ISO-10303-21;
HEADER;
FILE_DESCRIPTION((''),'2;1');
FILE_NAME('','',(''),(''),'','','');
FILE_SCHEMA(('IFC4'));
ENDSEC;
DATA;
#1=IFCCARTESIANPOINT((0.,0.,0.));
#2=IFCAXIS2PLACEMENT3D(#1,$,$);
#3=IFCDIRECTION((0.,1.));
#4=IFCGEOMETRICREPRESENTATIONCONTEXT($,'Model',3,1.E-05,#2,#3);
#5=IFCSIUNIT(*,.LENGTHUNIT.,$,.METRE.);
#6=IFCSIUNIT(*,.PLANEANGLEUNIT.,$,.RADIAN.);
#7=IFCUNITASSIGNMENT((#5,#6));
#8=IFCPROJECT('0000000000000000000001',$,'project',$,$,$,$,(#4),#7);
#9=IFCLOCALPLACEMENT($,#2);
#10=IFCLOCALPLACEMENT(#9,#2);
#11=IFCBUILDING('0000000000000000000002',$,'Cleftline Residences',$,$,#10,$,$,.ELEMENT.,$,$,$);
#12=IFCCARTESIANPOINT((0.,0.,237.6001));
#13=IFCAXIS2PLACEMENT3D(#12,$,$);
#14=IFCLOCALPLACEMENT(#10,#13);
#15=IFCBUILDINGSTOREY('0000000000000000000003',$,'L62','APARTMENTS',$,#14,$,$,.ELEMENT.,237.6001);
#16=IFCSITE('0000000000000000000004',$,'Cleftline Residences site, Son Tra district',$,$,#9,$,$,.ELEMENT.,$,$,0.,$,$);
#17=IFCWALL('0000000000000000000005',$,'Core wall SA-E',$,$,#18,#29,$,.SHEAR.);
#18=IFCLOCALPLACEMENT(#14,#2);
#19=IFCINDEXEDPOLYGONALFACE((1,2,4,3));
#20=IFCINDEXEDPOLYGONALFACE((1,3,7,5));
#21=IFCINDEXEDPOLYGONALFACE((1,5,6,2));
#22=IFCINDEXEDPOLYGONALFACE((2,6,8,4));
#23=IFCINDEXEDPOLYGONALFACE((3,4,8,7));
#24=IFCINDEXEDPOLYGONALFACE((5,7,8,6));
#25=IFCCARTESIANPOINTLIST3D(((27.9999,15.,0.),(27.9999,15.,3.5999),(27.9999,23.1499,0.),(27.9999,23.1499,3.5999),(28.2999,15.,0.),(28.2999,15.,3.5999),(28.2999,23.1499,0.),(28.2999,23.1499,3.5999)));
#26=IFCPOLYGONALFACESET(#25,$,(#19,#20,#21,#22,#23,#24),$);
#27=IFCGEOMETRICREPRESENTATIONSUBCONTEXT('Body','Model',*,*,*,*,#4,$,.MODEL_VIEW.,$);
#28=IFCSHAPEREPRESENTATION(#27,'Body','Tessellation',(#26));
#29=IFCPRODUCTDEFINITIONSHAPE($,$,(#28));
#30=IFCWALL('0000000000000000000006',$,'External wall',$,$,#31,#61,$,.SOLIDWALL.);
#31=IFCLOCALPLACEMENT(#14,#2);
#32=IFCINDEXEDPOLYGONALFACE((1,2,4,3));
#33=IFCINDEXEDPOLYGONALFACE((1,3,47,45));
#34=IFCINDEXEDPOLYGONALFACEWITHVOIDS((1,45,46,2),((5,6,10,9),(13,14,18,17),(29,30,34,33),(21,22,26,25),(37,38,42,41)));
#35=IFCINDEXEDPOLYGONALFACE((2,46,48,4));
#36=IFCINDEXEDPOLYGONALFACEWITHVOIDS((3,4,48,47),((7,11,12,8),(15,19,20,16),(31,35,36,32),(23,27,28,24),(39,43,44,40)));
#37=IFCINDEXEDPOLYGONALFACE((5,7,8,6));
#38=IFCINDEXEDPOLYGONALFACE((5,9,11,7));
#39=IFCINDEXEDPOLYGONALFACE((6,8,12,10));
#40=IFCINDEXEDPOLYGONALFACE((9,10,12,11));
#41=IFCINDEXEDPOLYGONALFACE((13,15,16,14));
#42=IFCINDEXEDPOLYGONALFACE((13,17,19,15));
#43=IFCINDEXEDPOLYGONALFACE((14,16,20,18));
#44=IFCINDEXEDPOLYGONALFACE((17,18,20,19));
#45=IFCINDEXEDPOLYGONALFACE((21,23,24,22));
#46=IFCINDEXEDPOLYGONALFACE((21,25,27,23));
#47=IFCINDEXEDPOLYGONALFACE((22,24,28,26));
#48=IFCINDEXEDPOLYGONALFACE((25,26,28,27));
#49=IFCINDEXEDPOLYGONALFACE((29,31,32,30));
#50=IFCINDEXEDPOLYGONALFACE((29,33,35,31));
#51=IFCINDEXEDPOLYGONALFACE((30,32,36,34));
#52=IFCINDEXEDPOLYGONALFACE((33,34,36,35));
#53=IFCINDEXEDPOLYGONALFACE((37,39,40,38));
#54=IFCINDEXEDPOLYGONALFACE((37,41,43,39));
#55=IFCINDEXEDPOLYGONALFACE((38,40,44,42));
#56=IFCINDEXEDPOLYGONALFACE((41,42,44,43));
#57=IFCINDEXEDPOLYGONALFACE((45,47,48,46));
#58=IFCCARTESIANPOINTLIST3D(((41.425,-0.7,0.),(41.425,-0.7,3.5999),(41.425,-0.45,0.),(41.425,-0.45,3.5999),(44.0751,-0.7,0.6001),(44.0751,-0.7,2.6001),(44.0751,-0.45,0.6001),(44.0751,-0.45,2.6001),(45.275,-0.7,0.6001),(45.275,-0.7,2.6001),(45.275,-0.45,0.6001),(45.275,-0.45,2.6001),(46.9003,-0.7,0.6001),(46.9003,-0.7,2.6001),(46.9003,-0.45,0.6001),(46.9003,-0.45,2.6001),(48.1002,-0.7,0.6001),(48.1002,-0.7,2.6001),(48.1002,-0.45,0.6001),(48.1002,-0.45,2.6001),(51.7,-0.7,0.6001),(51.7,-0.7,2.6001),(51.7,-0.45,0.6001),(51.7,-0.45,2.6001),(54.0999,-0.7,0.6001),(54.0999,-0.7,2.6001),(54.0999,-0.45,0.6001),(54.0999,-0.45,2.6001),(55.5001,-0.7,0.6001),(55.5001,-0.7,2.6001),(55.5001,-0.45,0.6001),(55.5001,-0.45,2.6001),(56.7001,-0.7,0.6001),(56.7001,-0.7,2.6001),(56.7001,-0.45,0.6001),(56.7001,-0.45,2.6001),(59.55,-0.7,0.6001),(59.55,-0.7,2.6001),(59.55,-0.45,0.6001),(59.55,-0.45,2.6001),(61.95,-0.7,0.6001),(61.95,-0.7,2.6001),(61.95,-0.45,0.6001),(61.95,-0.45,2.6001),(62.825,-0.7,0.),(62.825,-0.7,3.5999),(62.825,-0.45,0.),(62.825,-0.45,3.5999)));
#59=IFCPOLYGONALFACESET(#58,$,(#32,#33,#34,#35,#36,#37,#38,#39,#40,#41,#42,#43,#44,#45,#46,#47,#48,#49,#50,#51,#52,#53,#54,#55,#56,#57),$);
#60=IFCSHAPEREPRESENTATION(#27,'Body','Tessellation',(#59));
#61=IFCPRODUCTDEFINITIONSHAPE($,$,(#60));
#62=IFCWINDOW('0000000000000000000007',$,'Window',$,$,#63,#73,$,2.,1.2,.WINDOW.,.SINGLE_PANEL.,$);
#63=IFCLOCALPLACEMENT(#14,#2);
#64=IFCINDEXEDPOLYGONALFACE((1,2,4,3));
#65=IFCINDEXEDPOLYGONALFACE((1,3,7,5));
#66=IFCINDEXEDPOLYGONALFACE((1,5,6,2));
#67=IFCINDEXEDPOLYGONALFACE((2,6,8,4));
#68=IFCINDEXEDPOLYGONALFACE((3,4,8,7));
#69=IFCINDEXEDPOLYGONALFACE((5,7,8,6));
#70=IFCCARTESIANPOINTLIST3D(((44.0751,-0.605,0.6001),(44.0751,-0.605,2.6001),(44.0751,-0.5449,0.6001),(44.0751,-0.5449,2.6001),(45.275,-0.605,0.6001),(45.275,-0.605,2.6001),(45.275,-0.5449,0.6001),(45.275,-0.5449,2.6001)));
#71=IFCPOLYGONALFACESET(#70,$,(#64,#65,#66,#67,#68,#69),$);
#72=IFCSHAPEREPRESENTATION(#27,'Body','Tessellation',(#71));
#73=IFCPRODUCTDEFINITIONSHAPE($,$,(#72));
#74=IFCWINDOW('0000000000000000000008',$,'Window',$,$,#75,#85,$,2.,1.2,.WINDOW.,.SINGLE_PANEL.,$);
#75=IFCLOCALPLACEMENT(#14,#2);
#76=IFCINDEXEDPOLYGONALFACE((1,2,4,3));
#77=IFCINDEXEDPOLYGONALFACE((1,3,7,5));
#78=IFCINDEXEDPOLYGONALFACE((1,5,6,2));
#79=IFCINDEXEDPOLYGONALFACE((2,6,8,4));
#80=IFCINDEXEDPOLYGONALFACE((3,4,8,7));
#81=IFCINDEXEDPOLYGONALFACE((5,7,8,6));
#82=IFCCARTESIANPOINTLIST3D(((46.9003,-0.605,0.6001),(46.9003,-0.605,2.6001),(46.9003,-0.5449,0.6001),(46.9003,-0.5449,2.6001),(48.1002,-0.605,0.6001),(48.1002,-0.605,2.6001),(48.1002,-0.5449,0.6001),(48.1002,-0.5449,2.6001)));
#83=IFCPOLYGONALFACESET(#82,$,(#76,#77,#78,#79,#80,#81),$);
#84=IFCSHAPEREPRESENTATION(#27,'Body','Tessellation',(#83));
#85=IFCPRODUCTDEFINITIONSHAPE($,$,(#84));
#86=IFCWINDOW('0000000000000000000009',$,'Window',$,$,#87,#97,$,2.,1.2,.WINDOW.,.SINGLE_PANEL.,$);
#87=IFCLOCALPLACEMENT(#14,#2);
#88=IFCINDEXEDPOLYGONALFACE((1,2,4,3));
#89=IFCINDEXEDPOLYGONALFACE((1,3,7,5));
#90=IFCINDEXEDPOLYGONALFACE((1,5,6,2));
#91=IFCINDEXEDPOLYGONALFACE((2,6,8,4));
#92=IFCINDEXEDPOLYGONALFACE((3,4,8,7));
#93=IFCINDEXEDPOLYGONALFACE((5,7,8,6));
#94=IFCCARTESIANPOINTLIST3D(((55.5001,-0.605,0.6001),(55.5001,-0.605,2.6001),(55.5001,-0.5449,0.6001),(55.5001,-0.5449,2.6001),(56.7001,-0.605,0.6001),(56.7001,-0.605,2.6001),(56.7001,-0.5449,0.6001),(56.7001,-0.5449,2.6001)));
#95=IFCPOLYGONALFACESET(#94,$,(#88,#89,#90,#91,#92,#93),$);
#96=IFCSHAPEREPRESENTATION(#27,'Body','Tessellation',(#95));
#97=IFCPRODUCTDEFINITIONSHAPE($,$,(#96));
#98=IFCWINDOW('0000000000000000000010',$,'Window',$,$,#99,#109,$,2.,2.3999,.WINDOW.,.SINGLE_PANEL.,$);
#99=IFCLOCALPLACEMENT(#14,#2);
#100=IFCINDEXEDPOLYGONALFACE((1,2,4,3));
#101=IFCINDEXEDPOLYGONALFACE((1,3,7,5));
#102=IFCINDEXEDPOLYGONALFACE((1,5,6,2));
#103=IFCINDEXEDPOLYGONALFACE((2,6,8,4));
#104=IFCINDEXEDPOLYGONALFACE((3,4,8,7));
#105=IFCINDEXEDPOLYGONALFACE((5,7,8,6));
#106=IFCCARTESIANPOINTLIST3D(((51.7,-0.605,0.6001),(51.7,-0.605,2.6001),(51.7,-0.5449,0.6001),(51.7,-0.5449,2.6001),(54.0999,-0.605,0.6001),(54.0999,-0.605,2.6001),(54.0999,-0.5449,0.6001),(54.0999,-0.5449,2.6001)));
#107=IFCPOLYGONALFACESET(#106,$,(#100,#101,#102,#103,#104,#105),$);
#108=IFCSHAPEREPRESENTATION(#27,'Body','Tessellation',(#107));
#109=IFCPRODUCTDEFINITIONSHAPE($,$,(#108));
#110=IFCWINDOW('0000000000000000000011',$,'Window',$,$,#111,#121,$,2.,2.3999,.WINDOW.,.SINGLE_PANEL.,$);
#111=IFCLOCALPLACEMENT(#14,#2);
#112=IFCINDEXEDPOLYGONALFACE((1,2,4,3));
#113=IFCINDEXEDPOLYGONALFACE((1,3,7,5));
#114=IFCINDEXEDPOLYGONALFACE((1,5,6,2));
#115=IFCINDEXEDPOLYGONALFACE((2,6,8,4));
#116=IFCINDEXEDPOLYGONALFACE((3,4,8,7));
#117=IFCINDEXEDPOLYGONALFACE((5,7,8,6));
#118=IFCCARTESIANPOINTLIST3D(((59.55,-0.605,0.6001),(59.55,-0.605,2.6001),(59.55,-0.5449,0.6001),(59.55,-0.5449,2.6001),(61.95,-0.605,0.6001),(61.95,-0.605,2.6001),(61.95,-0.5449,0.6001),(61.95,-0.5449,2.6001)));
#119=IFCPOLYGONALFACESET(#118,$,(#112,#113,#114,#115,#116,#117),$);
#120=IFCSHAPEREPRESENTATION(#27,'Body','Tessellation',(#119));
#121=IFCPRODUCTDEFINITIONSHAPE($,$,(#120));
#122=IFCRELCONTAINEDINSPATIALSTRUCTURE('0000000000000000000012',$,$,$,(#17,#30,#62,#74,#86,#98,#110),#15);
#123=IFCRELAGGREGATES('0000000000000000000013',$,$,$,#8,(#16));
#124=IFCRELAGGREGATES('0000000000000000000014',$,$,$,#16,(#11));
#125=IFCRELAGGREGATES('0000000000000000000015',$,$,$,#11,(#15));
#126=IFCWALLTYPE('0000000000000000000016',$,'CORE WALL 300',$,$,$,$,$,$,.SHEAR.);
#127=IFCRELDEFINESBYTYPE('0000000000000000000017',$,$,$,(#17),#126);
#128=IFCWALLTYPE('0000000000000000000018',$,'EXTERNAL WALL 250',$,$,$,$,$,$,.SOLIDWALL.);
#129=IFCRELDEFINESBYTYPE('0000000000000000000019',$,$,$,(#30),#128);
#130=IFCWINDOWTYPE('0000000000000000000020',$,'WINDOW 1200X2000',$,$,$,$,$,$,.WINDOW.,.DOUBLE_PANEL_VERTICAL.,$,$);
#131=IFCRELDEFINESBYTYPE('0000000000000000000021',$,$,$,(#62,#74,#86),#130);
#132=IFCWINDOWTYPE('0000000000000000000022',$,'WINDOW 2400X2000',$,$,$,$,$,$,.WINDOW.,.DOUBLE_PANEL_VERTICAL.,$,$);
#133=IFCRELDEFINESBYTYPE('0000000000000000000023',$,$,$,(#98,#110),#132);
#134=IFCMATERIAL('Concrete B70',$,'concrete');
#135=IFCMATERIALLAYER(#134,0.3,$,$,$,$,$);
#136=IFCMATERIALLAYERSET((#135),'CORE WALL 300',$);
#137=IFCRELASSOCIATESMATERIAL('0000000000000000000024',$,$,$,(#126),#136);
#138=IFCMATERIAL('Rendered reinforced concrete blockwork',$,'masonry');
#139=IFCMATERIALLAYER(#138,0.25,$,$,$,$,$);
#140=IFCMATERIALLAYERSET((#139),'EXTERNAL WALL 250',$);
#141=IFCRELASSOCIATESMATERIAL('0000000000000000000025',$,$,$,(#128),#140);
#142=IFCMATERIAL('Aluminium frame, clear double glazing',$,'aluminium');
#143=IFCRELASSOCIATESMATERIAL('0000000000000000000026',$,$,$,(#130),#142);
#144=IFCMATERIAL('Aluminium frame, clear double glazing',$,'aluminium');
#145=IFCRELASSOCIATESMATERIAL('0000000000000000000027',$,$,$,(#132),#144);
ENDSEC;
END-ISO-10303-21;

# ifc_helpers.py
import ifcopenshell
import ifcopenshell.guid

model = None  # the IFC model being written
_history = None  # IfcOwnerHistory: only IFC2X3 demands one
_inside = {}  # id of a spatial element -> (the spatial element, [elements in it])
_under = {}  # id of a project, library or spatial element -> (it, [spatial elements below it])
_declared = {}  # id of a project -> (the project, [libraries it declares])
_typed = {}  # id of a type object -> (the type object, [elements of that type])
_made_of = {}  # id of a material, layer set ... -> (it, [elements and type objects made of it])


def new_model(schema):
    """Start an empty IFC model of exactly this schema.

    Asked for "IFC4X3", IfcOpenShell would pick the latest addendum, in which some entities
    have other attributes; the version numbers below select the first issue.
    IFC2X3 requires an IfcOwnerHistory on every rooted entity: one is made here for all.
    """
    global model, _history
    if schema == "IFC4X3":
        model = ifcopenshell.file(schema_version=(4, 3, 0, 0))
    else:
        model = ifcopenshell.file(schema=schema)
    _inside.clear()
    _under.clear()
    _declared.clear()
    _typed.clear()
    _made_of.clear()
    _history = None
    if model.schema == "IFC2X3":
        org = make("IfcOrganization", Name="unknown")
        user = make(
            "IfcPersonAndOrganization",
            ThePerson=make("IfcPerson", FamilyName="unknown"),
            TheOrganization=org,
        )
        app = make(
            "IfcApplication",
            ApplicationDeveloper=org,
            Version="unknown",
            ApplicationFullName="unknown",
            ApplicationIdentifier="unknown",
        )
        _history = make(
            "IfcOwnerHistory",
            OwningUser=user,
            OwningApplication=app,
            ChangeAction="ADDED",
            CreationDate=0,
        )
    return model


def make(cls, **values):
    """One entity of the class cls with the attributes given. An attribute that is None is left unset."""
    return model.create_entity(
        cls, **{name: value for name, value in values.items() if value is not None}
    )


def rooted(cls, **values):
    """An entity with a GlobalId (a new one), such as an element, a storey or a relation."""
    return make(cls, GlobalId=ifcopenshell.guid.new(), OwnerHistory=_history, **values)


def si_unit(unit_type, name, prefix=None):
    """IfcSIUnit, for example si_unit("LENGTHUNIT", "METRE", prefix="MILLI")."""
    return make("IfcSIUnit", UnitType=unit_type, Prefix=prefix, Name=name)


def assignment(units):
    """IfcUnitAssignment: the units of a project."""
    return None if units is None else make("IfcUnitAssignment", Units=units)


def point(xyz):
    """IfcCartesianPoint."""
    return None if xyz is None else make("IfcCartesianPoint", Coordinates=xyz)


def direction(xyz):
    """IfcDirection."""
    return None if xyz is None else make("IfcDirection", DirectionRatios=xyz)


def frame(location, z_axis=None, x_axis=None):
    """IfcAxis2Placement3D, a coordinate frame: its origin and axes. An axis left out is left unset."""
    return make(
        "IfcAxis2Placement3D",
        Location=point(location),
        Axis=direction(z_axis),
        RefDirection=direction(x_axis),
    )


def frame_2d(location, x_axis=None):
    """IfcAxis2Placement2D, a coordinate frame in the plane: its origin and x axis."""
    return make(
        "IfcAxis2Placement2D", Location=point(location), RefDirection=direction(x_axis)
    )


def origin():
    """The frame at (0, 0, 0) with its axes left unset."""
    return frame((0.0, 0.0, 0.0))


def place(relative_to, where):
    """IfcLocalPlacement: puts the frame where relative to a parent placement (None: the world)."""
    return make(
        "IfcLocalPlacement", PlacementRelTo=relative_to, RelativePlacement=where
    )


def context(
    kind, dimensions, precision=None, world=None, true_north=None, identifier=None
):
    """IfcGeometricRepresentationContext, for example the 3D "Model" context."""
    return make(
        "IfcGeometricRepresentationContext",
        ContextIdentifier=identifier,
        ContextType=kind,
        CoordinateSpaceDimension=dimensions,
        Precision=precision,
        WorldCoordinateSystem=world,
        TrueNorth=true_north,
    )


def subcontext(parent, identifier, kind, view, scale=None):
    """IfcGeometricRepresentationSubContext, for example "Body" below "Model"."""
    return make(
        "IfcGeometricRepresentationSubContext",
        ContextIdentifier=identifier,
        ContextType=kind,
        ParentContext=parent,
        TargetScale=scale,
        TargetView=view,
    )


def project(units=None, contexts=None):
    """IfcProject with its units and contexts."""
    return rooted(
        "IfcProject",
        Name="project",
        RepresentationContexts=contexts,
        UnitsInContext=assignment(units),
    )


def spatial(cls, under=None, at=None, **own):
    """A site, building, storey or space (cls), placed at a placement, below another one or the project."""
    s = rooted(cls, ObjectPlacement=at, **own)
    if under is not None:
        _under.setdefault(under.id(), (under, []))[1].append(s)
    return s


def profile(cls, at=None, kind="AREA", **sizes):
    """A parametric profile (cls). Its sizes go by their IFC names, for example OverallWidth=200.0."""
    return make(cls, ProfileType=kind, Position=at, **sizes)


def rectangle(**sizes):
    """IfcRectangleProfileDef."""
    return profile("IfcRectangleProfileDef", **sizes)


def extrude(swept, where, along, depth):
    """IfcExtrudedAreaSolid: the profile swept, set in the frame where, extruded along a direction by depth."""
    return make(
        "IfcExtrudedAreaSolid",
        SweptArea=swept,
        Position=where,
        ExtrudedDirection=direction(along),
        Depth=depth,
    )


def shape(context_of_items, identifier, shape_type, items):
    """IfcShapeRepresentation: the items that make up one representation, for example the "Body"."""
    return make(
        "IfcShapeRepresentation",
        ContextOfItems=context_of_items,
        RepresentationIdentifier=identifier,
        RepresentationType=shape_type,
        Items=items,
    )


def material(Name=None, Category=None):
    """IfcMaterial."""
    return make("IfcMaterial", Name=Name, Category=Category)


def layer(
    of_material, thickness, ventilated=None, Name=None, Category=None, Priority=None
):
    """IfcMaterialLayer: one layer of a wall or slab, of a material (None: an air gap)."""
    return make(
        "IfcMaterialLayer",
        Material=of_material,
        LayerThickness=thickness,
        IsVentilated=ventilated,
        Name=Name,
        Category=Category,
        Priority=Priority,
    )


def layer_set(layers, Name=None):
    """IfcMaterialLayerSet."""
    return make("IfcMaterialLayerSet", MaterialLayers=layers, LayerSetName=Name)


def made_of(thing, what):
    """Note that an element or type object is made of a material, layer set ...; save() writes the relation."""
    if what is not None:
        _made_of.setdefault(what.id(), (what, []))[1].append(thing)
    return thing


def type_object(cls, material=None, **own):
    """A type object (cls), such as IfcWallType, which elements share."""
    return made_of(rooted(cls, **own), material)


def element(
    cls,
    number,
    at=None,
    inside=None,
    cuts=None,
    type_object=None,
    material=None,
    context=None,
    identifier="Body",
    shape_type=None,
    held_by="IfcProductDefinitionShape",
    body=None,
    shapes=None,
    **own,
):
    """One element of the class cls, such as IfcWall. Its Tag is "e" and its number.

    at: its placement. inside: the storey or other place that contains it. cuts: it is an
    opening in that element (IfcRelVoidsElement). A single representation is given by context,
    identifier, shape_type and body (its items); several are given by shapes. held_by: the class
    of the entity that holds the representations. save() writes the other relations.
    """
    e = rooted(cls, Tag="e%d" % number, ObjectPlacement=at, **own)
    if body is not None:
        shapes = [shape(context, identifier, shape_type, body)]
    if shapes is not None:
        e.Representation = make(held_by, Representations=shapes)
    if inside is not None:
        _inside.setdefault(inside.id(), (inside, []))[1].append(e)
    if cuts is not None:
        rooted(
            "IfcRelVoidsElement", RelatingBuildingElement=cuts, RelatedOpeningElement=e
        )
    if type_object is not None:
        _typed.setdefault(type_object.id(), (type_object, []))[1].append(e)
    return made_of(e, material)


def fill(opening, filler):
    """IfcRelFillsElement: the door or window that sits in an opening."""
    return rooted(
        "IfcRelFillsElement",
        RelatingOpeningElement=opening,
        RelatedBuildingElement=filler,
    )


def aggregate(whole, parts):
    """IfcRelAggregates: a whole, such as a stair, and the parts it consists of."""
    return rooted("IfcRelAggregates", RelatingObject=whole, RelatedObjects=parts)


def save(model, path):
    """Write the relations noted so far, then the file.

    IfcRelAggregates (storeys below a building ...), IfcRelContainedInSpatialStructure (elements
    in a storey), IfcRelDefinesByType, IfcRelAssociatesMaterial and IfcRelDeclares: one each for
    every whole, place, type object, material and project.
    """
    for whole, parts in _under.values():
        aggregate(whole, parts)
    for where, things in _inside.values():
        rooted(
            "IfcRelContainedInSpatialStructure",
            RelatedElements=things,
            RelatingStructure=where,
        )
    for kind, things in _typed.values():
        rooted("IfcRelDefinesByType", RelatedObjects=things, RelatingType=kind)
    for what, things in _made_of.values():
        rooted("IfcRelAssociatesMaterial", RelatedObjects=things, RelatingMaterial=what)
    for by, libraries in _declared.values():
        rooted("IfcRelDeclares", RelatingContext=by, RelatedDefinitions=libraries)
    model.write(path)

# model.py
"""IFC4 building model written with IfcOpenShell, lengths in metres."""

from ifc_helpers import new_model, si_unit, direction, frame, frame_2d, origin, place, context, subcontext, project, spatial, rectangle, extrude, material, layer, layer_set, type_object, element, fill, save


model = new_model("IFC4")

# Units and contexts
model_context = context("Model", 3, precision=1e-05, world=origin(), true_north=direction((0.0, 1.0)))
body_context = subcontext(model_context, "Body", "Model", "MODEL_VIEW")
ifc_project = project(units=[si_unit("LENGTHUNIT", "METRE"), si_unit("PLANEANGLEUNIT", "RADIAN")], contexts=[model_context])

# Site, building, storey
site_placement = place(None, origin())
site = spatial("IfcSite", under=ifc_project, at=site_placement, Name="Cleftline Residences site, Son Tra district", CompositionType="ELEMENT", RefElevation=0.0)
building_placement = place(site_placement, origin())
building = spatial("IfcBuilding", under=site, at=building_placement, Name="Cleftline Residences", CompositionType="ELEMENT")
storey_placement = place(building_placement, frame((0.0, 0.0, 237.6001)))
storey = spatial("IfcBuildingStorey", under=building, at=storey_placement, Name="L62", Description="APARTMENTS", CompositionType="ELEMENT", Elevation=237.6001)

# Wall
ifc_material_1 = material(Name="Concrete B70", Category="concrete")
ifc_layer_1 = layer(ifc_material_1, 0.3)
ifc_layer_set_1 = layer_set([ifc_layer_1], Name="CORE WALL 300")
wall_type_1 = type_object("IfcWallType", Name="CORE WALL 300", PredefinedType="SHEAR", material=ifc_layer_set_1)
wall_1_placement = place(storey_placement, frame((28.1499, 15.0, 0.0), z_axis=(0.0, 0.0, 1.0), x_axis=(0.0, 1.0, 0.0)))
element("IfcWall", 1, at=wall_1_placement, inside=storey, type_object=wall_type_1, Name="Core wall SA-E", PredefinedType="SHEAR", context=body_context, shape_type="SweptSolid", body=[
    extrude(rectangle(XDim=8.1499, YDim=0.3, at=frame_2d((4.075, 0.0))), origin(), (0.0, 0.0, 1.0), 3.5999),
])

# Wall, openings, windows
ifc_material_2 = material(Name="Rendered reinforced concrete blockwork", Category="masonry")
ifc_layer_2 = layer(ifc_material_2, 0.25)
ifc_layer_set_2 = layer_set([ifc_layer_2], Name="EXTERNAL WALL 250")
wall_type_2 = type_object("IfcWallType", Name="EXTERNAL WALL 250", PredefinedType="SOLIDWALL", material=ifc_layer_set_2)
wall_2_placement = place(storey_placement, frame((41.425, -0.575, 0.0), z_axis=(0.0, 0.0, 1.0), x_axis=(1.0, 0.0, 0.0)))
wall_2 = element("IfcWall", 2, at=wall_2_placement, inside=storey, type_object=wall_type_2, Name="External wall", PredefinedType="SOLIDWALL", context=body_context, shape_type="SweptSolid", body=[
    extrude(rectangle(XDim=21.3999, YDim=0.25, at=frame_2d((10.7, 0.0))), origin(), (0.0, 0.0, 1.0), 3.5999),
])
opening_1_placement = place(wall_2_placement, frame((2.6499, 0.0, 0.6001)))
opening_1 = element("IfcOpeningElement", 3, at=opening_1_placement, cuts=wall_2, PredefinedType="OPENING", context=body_context, shape_type="SweptSolid", body=[
    extrude(rectangle(XDim=1.2, YDim=2.0, at=frame_2d((0.6001, 1.0))), frame((0.0, 0.135, 0.0), z_axis=(0.0, -1.0, 0.0), x_axis=(1.0, 0.0, 0.0)), (0.0, 0.0, 1.0), 0.27),
])
opening_2_placement = place(wall_2_placement, frame((5.4751, 0.0, 0.6001)))
opening_2 = element("IfcOpeningElement", 4, at=opening_2_placement, cuts=wall_2, PredefinedType="OPENING", context=body_context, shape_type="SweptSolid", body=[
    extrude(rectangle(XDim=1.2, YDim=2.0, at=frame_2d((0.6001, 1.0))), frame((0.0, 0.135, 0.0), z_axis=(0.0, -1.0, 0.0), x_axis=(1.0, 0.0, 0.0)), (0.0, 0.0, 1.0), 0.27),
])
opening_3_placement = place(wall_2_placement, frame((10.2749, 0.0, 0.6001)))
opening_3 = element("IfcOpeningElement", 5, at=opening_3_placement, cuts=wall_2, PredefinedType="OPENING", context=body_context, shape_type="SweptSolid", body=[
    extrude(rectangle(XDim=2.3999, YDim=2.0, at=frame_2d((1.2, 1.0))), frame((0.0, 0.135, 0.0), z_axis=(0.0, -1.0, 0.0), x_axis=(1.0, 0.0, 0.0)), (0.0, 0.0, 1.0), 0.27),
])
opening_4_placement = place(wall_2_placement, frame((14.075, 0.0, 0.6001)))
opening_4 = element("IfcOpeningElement", 6, at=opening_4_placement, cuts=wall_2, PredefinedType="OPENING", context=body_context, shape_type="SweptSolid", body=[
    extrude(rectangle(XDim=1.2, YDim=2.0, at=frame_2d((0.6001, 1.0))), frame((0.0, 0.135, 0.0), z_axis=(0.0, -1.0, 0.0), x_axis=(1.0, 0.0, 0.0)), (0.0, 0.0, 1.0), 0.27),
])
opening_5_placement = place(wall_2_placement, frame((18.125, 0.0, 0.6001)))
opening_5 = element("IfcOpeningElement", 7, at=opening_5_placement, cuts=wall_2, PredefinedType="OPENING", context=body_context, shape_type="SweptSolid", body=[
    extrude(rectangle(XDim=2.3999, YDim=2.0, at=frame_2d((1.2, 1.0))), frame((0.0, 0.135, 0.0), z_axis=(0.0, -1.0, 0.0), x_axis=(1.0, 0.0, 0.0)), (0.0, 0.0, 1.0), 0.27),
])
ifc_material_3 = material(Name="Aluminium frame, clear double glazing", Category="aluminium")
window_type_1 = type_object("IfcWindowType", Name="WINDOW 1200X2000", PartitioningType="DOUBLE_PANEL_VERTICAL", PredefinedType="WINDOW", material=ifc_material_3)
window_1_placement = place(opening_1_placement, origin())
window_1 = element("IfcWindow", 8, at=window_1_placement, inside=storey, type_object=window_type_1, Name="Window", OverallHeight=2.0, OverallWidth=1.2, PartitioningType="SINGLE_PANEL", PredefinedType="WINDOW", context=body_context, shape_type="SweptSolid", body=[
    extrude(rectangle(XDim=1.2, YDim=2.0, at=frame_2d((0.6001, 1.0))), frame((0.0, 0.03, 0.0), z_axis=(0.0, -1.0, 0.0), x_axis=(1.0, 0.0, 0.0)), (0.0, 0.0, 1.0), 0.0601),
])
fill(opening_1, window_1)
window_2_placement = place(opening_2_placement, origin())
window_2 = element("IfcWindow", 9, at=window_2_placement, inside=storey, type_object=window_type_1, Name="Window", OverallHeight=2.0, OverallWidth=1.2, PartitioningType="SINGLE_PANEL", PredefinedType="WINDOW", context=body_context, shape_type="SweptSolid", body=[
    extrude(rectangle(XDim=1.2, YDim=2.0, at=frame_2d((0.6001, 1.0))), frame((0.0, 0.03, 0.0), z_axis=(0.0, -1.0, 0.0), x_axis=(1.0, 0.0, 0.0)), (0.0, 0.0, 1.0), 0.0601),
])
fill(opening_2, window_2)
window_3_placement = place(opening_4_placement, origin())
window_3 = element("IfcWindow", 10, at=window_3_placement, inside=storey, type_object=window_type_1, Name="Window", OverallHeight=2.0, OverallWidth=1.2, PartitioningType="SINGLE_PANEL", PredefinedType="WINDOW", context=body_context, shape_type="SweptSolid", body=[
    extrude(rectangle(XDim=1.2, YDim=2.0, at=frame_2d((0.6001, 1.0))), frame((0.0, 0.03, 0.0), z_axis=(0.0, -1.0, 0.0), x_axis=(1.0, 0.0, 0.0)), (0.0, 0.0, 1.0), 0.0601),
])
fill(opening_4, window_3)
ifc_material_4 = material(Name="Aluminium frame, clear double glazing", Category="aluminium")
window_type_2 = type_object("IfcWindowType", Name="WINDOW 2400X2000", PartitioningType="DOUBLE_PANEL_VERTICAL", PredefinedType="WINDOW", material=ifc_material_4)
window_4_placement = place(opening_3_placement, origin())
window_4 = element("IfcWindow", 11, at=window_4_placement, inside=storey, type_object=window_type_2, Name="Window", OverallHeight=2.0, OverallWidth=2.3999, PartitioningType="SINGLE_PANEL", PredefinedType="WINDOW", context=body_context, shape_type="SweptSolid", body=[
    extrude(rectangle(XDim=2.3999, YDim=2.0, at=frame_2d((1.2, 1.0))), frame((0.0, 0.03, 0.0), z_axis=(0.0, -1.0, 0.0), x_axis=(1.0, 0.0, 0.0)), (0.0, 0.0, 1.0), 0.0601),
])
fill(opening_3, window_4)
window_5_placement = place(opening_5_placement, origin())
window_5 = element("IfcWindow", 12, at=window_5_placement, inside=storey, type_object=window_type_2, Name="Window", OverallHeight=2.0, OverallWidth=2.3999, PartitioningType="SINGLE_PANEL", PredefinedType="WINDOW", context=body_context, shape_type="SweptSolid", body=[
    extrude(rectangle(XDim=2.3999, YDim=2.0, at=frame_2d((1.2, 1.0))), frame((0.0, 0.03, 0.0), z_axis=(0.0, -1.0, 0.0), x_axis=(1.0, 0.0, 0.0)), (0.0, 0.0, 1.0), 0.0601),
])
fill(opening_5, window_5)

save(model, "model.ifc")
